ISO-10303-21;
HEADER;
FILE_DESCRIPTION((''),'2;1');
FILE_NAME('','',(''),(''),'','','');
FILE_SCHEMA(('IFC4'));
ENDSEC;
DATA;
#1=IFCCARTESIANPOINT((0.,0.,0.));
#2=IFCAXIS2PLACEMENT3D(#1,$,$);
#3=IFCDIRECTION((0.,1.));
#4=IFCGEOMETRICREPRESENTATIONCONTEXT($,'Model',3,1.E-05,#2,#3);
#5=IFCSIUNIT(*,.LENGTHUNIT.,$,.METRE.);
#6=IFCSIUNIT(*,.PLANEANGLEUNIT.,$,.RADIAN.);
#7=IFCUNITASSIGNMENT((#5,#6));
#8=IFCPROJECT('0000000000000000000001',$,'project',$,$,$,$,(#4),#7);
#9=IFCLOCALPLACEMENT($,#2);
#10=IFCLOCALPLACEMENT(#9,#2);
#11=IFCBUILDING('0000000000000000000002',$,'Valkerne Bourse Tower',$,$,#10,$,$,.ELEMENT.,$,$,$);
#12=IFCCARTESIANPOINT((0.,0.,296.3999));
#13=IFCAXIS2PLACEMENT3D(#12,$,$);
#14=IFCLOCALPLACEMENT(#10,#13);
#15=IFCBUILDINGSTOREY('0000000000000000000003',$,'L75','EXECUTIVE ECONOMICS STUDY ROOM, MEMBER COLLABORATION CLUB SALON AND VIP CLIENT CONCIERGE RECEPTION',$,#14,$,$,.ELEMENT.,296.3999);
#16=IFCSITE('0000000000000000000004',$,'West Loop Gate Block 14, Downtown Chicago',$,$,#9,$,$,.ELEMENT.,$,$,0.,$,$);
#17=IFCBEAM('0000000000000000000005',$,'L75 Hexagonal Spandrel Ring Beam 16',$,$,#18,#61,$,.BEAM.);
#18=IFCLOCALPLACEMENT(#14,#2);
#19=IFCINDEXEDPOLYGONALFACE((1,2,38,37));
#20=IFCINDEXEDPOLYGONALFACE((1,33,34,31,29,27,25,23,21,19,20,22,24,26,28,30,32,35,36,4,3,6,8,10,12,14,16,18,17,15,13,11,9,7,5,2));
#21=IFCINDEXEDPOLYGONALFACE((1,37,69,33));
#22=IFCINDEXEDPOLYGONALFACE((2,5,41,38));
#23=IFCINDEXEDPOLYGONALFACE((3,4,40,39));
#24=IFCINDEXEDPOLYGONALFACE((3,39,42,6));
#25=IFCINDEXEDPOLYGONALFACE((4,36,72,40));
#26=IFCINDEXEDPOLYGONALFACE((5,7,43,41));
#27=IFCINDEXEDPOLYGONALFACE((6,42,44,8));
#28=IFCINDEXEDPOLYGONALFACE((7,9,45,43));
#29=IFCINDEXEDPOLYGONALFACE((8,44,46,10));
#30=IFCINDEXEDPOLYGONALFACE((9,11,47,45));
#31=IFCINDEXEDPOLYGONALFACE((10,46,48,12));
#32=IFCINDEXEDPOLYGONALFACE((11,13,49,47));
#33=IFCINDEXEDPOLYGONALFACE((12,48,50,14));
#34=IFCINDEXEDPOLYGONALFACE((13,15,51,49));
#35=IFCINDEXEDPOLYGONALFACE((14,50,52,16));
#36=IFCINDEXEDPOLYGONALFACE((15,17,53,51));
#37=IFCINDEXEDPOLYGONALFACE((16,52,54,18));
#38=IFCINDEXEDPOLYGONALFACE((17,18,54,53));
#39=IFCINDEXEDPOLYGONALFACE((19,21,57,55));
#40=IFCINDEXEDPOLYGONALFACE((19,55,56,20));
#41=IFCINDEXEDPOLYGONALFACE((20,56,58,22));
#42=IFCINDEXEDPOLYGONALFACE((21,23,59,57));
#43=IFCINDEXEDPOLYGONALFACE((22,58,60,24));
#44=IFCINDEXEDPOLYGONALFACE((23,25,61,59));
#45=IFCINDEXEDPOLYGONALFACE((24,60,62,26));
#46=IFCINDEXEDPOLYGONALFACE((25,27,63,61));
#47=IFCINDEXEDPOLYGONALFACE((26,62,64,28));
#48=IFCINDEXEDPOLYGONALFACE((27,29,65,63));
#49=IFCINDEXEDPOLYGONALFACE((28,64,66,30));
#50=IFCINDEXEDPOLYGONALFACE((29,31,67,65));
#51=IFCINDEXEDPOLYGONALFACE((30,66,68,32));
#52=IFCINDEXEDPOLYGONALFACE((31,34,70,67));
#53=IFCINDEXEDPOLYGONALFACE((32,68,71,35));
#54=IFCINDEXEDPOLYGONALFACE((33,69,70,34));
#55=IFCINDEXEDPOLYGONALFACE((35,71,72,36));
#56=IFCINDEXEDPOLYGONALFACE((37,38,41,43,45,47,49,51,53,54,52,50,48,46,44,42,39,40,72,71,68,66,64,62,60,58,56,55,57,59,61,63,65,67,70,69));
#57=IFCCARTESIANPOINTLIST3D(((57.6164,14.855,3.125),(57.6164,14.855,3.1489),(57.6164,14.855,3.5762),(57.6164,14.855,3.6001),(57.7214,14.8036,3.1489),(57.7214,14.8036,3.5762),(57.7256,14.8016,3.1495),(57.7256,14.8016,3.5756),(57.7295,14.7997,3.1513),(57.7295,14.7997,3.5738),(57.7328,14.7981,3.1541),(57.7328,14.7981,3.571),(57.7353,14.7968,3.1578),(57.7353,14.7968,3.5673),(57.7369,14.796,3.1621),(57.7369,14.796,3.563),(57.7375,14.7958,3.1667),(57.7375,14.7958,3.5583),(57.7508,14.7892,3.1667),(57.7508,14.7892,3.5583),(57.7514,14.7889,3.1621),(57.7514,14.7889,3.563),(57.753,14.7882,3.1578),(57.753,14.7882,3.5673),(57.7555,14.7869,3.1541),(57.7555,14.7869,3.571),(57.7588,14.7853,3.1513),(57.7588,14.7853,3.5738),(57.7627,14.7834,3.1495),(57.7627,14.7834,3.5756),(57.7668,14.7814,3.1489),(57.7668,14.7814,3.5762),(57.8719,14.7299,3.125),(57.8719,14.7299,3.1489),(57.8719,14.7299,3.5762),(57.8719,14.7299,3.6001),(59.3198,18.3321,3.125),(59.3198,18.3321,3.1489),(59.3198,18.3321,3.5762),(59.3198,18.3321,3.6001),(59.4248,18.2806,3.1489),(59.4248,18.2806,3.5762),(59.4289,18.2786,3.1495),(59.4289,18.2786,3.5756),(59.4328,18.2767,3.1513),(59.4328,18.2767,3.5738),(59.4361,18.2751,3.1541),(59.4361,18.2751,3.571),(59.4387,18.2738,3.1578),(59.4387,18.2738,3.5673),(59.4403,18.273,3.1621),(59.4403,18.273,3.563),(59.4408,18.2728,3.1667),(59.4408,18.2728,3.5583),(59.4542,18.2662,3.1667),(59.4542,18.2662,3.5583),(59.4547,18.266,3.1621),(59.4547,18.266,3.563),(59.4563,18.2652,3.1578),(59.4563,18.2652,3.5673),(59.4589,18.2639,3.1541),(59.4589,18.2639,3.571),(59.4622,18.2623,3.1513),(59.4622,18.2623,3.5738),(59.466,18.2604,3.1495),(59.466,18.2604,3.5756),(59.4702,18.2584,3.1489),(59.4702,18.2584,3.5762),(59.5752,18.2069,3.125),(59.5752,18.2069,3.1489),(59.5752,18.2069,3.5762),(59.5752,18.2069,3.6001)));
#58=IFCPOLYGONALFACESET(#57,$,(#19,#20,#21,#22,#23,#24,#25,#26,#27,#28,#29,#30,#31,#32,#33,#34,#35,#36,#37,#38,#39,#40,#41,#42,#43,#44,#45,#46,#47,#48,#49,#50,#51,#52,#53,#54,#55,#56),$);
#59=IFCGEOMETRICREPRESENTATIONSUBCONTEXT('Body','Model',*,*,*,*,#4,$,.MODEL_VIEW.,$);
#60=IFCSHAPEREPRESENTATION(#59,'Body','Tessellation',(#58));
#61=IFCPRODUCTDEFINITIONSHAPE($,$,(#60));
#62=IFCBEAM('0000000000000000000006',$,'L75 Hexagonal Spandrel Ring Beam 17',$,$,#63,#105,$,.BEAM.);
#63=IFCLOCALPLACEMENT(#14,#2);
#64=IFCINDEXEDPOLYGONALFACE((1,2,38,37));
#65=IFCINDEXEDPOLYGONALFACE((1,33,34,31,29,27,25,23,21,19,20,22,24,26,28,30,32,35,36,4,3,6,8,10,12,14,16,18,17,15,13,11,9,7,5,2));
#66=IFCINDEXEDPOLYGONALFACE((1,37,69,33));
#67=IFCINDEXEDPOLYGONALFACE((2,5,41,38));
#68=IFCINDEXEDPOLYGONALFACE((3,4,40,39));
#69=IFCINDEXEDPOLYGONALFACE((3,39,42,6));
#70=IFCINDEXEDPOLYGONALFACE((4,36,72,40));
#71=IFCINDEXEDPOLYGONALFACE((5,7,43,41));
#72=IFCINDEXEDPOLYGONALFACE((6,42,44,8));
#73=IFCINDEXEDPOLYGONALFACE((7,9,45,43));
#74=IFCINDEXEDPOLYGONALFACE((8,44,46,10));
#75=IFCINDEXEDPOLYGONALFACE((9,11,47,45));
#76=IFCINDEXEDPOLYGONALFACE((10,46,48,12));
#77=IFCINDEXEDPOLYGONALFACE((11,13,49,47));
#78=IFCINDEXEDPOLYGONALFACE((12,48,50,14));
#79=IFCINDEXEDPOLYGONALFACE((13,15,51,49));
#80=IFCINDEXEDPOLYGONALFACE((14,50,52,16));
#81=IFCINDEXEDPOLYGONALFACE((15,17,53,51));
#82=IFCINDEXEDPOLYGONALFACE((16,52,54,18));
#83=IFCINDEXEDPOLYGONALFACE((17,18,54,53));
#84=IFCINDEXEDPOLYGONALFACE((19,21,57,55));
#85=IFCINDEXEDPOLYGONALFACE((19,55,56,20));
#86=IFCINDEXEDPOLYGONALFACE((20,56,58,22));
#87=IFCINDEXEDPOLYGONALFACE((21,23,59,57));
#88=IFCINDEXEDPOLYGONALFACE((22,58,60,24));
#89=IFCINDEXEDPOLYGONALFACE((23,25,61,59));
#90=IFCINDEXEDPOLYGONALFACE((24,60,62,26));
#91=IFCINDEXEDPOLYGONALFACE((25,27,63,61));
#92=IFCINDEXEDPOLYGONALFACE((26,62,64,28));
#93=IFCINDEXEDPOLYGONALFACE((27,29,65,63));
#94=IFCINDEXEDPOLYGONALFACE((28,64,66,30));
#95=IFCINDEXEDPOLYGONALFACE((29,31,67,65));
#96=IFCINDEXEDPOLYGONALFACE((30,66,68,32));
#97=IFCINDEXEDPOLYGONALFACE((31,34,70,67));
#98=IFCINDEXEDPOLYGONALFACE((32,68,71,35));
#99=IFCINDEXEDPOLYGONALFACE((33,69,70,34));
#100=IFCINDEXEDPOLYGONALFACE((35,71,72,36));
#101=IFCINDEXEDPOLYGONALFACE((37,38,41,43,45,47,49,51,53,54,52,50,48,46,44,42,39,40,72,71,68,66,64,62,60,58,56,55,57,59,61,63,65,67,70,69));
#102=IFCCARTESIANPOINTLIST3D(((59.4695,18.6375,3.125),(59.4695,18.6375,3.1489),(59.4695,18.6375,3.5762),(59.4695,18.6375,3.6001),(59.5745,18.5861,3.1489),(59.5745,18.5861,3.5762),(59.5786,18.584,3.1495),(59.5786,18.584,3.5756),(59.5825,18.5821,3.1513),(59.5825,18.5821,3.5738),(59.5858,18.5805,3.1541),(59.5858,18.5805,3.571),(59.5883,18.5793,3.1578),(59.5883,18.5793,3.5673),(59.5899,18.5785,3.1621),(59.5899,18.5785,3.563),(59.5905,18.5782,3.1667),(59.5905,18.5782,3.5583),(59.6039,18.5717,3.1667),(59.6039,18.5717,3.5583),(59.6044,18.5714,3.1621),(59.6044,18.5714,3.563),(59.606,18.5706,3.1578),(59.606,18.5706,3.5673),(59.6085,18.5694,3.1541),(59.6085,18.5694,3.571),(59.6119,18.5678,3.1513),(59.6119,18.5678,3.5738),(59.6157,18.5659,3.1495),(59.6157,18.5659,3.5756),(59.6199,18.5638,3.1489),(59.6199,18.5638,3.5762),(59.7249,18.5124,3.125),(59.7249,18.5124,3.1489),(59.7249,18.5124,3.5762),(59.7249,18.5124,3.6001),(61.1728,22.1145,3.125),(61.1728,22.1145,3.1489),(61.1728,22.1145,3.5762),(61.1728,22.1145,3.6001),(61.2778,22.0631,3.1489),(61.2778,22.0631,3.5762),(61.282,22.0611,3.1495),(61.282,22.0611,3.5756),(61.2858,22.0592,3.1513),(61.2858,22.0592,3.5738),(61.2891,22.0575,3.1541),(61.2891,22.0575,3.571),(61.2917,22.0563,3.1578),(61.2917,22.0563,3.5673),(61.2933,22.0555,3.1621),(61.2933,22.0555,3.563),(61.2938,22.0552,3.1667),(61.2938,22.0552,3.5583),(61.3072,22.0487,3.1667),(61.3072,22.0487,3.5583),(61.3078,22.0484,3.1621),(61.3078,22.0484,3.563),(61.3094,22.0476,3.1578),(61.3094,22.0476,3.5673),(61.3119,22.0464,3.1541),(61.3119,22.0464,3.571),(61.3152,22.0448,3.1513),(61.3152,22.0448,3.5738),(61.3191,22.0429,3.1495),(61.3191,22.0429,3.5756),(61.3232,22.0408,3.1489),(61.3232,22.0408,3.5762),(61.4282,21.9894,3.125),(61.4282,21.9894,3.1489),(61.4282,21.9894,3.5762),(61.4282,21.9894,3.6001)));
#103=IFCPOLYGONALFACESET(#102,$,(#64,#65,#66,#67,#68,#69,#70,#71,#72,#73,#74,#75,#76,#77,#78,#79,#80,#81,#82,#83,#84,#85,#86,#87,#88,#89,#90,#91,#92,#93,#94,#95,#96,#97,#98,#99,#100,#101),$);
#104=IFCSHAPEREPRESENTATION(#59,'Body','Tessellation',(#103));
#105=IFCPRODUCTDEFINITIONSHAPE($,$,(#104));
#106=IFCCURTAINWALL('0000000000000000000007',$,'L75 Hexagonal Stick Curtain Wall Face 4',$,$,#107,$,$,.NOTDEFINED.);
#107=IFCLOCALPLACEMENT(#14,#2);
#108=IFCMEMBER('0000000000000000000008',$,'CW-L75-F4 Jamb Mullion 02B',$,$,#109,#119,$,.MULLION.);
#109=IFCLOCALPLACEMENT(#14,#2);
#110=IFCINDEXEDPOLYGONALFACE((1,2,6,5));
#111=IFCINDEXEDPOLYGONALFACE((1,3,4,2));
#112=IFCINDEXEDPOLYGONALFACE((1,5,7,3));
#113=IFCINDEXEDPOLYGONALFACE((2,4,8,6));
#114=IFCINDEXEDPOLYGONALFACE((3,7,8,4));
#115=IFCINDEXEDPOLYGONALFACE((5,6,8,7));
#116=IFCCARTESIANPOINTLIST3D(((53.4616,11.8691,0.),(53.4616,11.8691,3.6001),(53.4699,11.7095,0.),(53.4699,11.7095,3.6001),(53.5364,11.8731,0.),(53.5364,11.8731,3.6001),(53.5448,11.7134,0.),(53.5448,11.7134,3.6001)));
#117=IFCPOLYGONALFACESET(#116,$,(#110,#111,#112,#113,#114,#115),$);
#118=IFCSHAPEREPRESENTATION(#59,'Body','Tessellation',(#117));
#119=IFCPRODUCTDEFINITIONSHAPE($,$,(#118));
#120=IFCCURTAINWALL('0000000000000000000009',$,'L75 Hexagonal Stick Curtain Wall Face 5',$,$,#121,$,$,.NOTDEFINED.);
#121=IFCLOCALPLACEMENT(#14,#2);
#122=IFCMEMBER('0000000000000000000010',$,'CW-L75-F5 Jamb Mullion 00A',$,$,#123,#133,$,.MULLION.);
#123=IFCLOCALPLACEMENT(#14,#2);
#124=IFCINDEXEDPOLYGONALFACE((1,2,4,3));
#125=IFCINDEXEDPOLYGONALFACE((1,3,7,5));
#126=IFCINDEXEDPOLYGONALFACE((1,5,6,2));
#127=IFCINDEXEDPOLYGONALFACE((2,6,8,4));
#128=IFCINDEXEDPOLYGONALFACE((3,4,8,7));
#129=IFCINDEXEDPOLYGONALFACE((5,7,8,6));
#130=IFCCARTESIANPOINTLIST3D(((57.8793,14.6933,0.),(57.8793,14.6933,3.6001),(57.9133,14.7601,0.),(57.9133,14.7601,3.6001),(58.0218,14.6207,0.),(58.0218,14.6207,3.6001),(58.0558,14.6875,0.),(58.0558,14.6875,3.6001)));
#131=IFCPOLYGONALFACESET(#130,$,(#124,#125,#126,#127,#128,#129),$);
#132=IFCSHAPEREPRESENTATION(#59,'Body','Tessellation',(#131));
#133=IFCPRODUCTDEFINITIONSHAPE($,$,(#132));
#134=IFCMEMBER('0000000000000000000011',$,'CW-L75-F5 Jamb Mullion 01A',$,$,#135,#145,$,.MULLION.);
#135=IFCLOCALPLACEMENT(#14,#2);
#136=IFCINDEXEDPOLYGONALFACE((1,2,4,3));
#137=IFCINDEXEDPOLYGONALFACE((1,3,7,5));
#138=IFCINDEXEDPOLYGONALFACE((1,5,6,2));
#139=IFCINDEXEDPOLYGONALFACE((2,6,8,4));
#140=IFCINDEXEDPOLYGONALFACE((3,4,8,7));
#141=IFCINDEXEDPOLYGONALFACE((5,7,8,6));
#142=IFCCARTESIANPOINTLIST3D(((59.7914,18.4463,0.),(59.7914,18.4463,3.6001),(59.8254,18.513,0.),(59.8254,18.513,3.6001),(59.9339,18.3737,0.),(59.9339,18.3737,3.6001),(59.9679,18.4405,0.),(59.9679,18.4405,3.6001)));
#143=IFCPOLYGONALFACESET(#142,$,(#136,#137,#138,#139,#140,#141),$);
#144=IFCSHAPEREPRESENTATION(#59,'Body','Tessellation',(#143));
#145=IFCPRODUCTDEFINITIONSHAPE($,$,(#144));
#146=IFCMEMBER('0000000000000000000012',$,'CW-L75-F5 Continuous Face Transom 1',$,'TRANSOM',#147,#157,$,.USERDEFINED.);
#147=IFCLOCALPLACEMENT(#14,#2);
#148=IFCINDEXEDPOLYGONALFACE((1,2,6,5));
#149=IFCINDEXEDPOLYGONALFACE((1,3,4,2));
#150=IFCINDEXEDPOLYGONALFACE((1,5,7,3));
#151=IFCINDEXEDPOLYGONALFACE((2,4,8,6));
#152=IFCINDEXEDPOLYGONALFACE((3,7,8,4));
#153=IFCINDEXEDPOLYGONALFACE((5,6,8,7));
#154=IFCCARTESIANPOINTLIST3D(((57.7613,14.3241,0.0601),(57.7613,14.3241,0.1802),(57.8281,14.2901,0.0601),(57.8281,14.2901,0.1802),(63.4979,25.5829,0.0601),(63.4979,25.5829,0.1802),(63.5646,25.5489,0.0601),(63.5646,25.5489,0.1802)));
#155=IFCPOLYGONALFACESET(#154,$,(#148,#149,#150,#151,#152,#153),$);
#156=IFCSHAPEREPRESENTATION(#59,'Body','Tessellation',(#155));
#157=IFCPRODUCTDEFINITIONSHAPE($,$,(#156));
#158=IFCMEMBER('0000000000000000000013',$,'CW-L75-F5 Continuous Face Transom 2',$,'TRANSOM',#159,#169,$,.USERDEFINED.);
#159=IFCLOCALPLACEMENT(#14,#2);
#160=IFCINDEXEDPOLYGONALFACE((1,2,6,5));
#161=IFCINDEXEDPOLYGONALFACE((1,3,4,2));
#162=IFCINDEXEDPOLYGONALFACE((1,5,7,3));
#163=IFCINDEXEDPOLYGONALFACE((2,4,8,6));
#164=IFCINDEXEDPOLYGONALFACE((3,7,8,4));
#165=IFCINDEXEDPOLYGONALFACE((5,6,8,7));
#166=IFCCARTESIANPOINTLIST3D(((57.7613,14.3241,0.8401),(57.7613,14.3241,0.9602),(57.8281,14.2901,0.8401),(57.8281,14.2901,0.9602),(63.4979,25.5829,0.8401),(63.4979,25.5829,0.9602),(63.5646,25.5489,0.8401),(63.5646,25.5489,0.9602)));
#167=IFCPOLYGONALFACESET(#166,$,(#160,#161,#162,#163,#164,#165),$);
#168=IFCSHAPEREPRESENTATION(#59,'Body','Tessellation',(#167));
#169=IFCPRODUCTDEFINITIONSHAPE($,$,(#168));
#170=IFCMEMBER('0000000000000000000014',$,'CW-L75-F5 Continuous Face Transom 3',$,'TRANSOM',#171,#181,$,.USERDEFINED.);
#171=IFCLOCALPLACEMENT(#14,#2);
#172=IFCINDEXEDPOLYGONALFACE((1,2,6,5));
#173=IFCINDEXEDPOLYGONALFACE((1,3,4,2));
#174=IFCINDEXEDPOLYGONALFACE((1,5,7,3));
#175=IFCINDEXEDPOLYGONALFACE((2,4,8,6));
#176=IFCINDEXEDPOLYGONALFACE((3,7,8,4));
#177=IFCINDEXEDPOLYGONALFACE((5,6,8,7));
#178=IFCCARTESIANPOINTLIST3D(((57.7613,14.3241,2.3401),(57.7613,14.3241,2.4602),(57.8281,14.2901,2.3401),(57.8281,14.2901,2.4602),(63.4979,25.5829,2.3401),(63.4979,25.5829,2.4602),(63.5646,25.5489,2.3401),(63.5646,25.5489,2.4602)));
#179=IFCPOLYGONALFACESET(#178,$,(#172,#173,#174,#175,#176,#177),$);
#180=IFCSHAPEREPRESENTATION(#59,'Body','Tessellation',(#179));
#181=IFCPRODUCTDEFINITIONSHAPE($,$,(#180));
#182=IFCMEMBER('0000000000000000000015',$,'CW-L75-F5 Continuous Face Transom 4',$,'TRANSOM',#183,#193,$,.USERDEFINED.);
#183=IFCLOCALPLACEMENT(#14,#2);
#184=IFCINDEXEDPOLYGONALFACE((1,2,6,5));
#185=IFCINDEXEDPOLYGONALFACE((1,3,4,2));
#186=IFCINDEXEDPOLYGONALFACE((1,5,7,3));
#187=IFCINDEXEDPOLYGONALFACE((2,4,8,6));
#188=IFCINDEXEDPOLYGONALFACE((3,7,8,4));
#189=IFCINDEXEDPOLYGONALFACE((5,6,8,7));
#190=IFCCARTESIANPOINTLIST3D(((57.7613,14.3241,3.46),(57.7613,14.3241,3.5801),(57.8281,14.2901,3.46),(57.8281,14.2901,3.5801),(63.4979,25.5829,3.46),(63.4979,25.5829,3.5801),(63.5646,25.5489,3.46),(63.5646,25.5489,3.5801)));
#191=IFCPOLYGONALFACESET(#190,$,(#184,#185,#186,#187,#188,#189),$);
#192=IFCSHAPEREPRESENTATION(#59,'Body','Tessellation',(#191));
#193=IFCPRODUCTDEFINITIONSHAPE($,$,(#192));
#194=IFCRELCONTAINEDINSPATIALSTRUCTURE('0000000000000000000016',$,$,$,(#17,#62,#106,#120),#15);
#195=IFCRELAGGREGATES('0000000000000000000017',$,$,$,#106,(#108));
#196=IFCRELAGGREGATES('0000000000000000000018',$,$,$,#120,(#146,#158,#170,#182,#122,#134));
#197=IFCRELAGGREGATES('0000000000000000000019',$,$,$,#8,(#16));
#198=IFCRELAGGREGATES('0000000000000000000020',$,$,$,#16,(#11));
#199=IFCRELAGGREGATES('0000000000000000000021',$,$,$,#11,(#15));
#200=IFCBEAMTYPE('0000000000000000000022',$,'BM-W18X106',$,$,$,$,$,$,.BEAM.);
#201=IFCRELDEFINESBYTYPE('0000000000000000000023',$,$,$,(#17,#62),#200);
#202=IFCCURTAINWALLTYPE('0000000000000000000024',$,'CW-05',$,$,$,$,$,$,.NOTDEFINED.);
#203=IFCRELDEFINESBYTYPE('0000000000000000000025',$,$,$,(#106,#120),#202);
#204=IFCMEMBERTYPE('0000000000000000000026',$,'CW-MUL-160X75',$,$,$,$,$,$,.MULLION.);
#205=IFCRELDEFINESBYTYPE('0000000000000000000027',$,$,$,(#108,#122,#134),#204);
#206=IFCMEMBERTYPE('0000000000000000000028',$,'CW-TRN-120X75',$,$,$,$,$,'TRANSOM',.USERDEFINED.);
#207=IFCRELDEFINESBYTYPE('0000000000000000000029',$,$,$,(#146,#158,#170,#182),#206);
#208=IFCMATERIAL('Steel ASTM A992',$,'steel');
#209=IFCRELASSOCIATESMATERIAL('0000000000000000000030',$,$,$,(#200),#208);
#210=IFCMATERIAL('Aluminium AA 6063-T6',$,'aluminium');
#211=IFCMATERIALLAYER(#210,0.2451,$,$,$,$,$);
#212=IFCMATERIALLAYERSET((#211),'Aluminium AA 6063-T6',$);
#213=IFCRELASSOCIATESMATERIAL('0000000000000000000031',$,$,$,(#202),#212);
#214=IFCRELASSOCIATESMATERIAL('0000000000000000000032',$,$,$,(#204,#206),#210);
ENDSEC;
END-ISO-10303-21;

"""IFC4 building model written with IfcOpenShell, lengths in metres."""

from ifc_helpers import new_model, si_unit, direction, frame, origin, origin_2d, place, context, subcontext, project, spatial, rectangle, i_section, extrude, material, layer, layer_set, material_profile, profile_set, type_object, element, aggregate, save


model = new_model("IFC4")

# Units and contexts
model_context = context("Model", 3, precision=1e-05, world=origin(), true_north=direction((0.0, 1.0)))
body_context = subcontext(model_context, "Body", "Model", "MODEL_VIEW")
ifc_project = project(units=[si_unit("LENGTHUNIT", "METRE"), si_unit("PLANEANGLEUNIT", "RADIAN")], contexts=[model_context])

# Site, building, storey
site_placement = place(None, origin())
site = spatial("IfcSite", under=ifc_project, at=site_placement, Name="West Loop Gate Block 14, Downtown Chicago", CompositionType="ELEMENT", RefElevation=0.0)
building_placement = place(site_placement, origin())
building = spatial("IfcBuilding", under=site, at=building_placement, Name="Valkerne Bourse Tower", CompositionType="ELEMENT")
storey_placement = place(building_placement, frame((0.0, 0.0, 296.3999)))
storey = spatial("IfcBuildingStorey", under=building, at=storey_placement, Name="L75", Description="EXECUTIVE ECONOMICS STUDY ROOM, MEMBER COLLABORATION CLUB SALON AND VIP CLIENT CONCIERGE RECEPTION", CompositionType="ELEMENT", Elevation=296.3999)

# Beams
ifc_material_1 = material(Name="Steel ASTM A992", Category="steel")
ifc_material_profile_1 = material_profile(ifc_material_1, i_section(OverallWidth=0.2844, OverallDepth=0.4751, WebThickness=0.0149, FlangeThickness=0.0239, FilletRadius=0.0178, at=origin_2d()), Name="W18X106")
ifc_profile_set_1 = profile_set([ifc_material_profile_1], Name="Steel ASTM A992")
beam_type = type_object("IfcBeamType", Name="BM-W18X106", PredefinedType="BEAM", material=ifc_profile_set_1)
for number, where, z_axis, x_axis, name in (
    (1, (57.7441, 14.7925, 3.3625), (0.439935, 0.89803, 0.0), (-0.89803, 0.439935, 0.0), "L75 Hexagonal Spandrel Ring Beam 16"),
    (2, (59.5972, 18.575, 3.3625), (0.439935, 0.89803, 0.0), (-0.89803, 0.439935, 0.0), "L75 Hexagonal Spandrel Ring Beam 17"),
):
    element("IfcBeam", number, at=place(storey_placement, frame(where, z_axis=z_axis, x_axis=x_axis)), inside=storey, type_object=beam_type, Name=name, PredefinedType="BEAM", context=body_context, shape_type="SweptSolid", body=[
        extrude(i_section(OverallWidth=0.2844, OverallDepth=0.4751, WebThickness=0.0149, FlangeThickness=0.0239, FilletRadius=0.0178, at=origin_2d()), origin(), (0.0, 0.0, 1.0), 3.8718),
    ])

# Curtain wall, member
ifc_material_2 = material(Name="Aluminium AA 6063-T6", Category="aluminium")
ifc_layer_1 = layer(ifc_material_2, 0.2451)
ifc_layer_set_1 = layer_set([ifc_layer_1], Name="Aluminium AA 6063-T6")
curtain_wall_type = type_object("IfcCurtainWallType", Name="CW-05", PredefinedType="NOTDEFINED", material=ifc_layer_set_1)
curtain_wall_1_placement = place(storey_placement, origin())
curtain_wall_1 = element("IfcCurtainWall", 3, at=curtain_wall_1_placement, inside=storey, type_object=curtain_wall_type, Name="L75 Hexagonal Stick Curtain Wall Face 4", PredefinedType="NOTDEFINED")
ifc_material_profile_2 = material_profile(ifc_material_2, rectangle(XDim=0.075, YDim=0.1599, at=origin_2d()), Name="CWM-75X160")
ifc_profile_set_2 = profile_set([ifc_material_profile_2], Name="Aluminium AA 6063-T6")
member_type_1 = type_object("IfcMemberType", Name="CW-MUL-160X75", PredefinedType="MULLION", material=ifc_profile_set_2)
member_1_placement = place(storey_placement, frame((53.5032, 11.7913, 0.0), z_axis=(0.0, 0.0, 1.0), x_axis=(0.99863, 0.052327, 0.0)))
member_1 = element("IfcMember", 4, at=member_1_placement, type_object=member_type_1, Name="CW-L75-F4 Jamb Mullion 02B", PredefinedType="MULLION", context=body_context, shape_type="SweptSolid", body=[
    extrude(rectangle(XDim=0.075, YDim=0.1599, at=origin_2d()), origin(), (0.0, 0.0, 1.0), 3.6001),
])

# Curtain wall, members
curtain_wall_2_placement = place(storey_placement, origin())
curtain_wall_2 = element("IfcCurtainWall", 5, at=curtain_wall_2_placement, inside=storey, type_object=curtain_wall_type, Name="L75 Hexagonal Stick Curtain Wall Face 5", PredefinedType="NOTDEFINED")
member_2_placement = place(storey_placement, frame((57.9675, 14.6904, 0.0), z_axis=(0.0, 0.0, 1.0), x_axis=(0.453981, 0.891011, 0.0)))
member_2 = element("IfcMember", 6, at=member_2_placement, type_object=member_type_1, Name="CW-L75-F5 Jamb Mullion 00A", PredefinedType="MULLION", context=body_context, shape_type="SweptSolid", body=[
    extrude(rectangle(XDim=0.075, YDim=0.1599, at=origin_2d()), origin(), (0.0, 0.0, 1.0), 3.6001),
])
member_3_placement = place(storey_placement, frame((59.8796, 18.4434, 0.0), z_axis=(0.0, 0.0, 1.0), x_axis=(0.453991, 0.891006, 0.0)))
member_3 = element("IfcMember", 7, at=member_3_placement, type_object=member_type_1, Name="CW-L75-F5 Jamb Mullion 01A", PredefinedType="MULLION", context=body_context, shape_type="SweptSolid", body=[
    extrude(rectangle(XDim=0.075, YDim=0.1599, at=origin_2d()), origin(), (0.0, 0.0, 1.0), 3.6001),
])
ifc_material_profile_3 = material_profile(ifc_material_2, rectangle(XDim=0.075, YDim=0.1201, at=origin_2d()), Name="CWT-75X120")
ifc_profile_set_3 = profile_set([ifc_material_profile_3], Name="Aluminium AA 6063-T6")
member_type_2 = type_object("IfcMemberType", Name="CW-TRN-120X75", ElementType="TRANSOM", PredefinedType="USERDEFINED", material=ifc_profile_set_3)
member_4_placement = place(storey_placement, frame((57.7947, 14.3071, 0.1201), z_axis=(0.453986, 0.891009, 0.0), x_axis=(-0.891009, 0.453986, 0.0)))
member_4 = element("IfcMember", 8, at=member_4_placement, type_object=member_type_2, Name="CW-L75-F5 Continuous Face Transom 1", ObjectType="TRANSOM", PredefinedType="USERDEFINED", context=body_context, shape_type="SweptSolid", body=[
    extrude(rectangle(XDim=0.075, YDim=0.1201, at=origin_2d()), origin(), (0.0, 0.0, 1.0), 12.636),
])
member_5_placement = place(storey_placement, frame((57.7947, 14.3071, 0.9001), z_axis=(0.453986, 0.891009, 0.0), x_axis=(-0.891009, 0.453986, 0.0)))
member_5 = element("IfcMember", 9, at=member_5_placement, type_object=member_type_2, Name="CW-L75-F5 Continuous Face Transom 2", ObjectType="TRANSOM", PredefinedType="USERDEFINED", context=body_context, shape_type="SweptSolid", body=[
    extrude(rectangle(XDim=0.075, YDim=0.1201, at=origin_2d()), origin(), (0.0, 0.0, 1.0), 12.636),
])
member_6_placement = place(storey_placement, frame((57.7947, 14.3071, 2.4001), z_axis=(0.453986, 0.891009, 0.0), x_axis=(-0.891009, 0.453986, 0.0)))
member_6 = element("IfcMember", 10, at=member_6_placement, type_object=member_type_2, Name="CW-L75-F5 Continuous Face Transom 3", ObjectType="TRANSOM", PredefinedType="USERDEFINED", context=body_context, shape_type="SweptSolid", body=[
    extrude(rectangle(XDim=0.075, YDim=0.1201, at=origin_2d()), origin(), (0.0, 0.0, 1.0), 12.636),
])
member_7_placement = place(storey_placement, frame((57.7947, 14.3071, 3.52), z_axis=(0.453986, 0.891009, 0.0), x_axis=(-0.891009, 0.453986, 0.0)))
member_7 = element("IfcMember", 11, at=member_7_placement, type_object=member_type_2, Name="CW-L75-F5 Continuous Face Transom 4", ObjectType="TRANSOM", PredefinedType="USERDEFINED", context=body_context, shape_type="SweptSolid", body=[
    extrude(rectangle(XDim=0.075, YDim=0.1201, at=origin_2d()), origin(), (0.0, 0.0, 1.0), 12.636),
])

aggregate(curtain_wall_1, [member_1])
aggregate(curtain_wall_2, [member_4, member_5, member_6, member_7, member_2, member_3])

save(model, "model.ifc")
